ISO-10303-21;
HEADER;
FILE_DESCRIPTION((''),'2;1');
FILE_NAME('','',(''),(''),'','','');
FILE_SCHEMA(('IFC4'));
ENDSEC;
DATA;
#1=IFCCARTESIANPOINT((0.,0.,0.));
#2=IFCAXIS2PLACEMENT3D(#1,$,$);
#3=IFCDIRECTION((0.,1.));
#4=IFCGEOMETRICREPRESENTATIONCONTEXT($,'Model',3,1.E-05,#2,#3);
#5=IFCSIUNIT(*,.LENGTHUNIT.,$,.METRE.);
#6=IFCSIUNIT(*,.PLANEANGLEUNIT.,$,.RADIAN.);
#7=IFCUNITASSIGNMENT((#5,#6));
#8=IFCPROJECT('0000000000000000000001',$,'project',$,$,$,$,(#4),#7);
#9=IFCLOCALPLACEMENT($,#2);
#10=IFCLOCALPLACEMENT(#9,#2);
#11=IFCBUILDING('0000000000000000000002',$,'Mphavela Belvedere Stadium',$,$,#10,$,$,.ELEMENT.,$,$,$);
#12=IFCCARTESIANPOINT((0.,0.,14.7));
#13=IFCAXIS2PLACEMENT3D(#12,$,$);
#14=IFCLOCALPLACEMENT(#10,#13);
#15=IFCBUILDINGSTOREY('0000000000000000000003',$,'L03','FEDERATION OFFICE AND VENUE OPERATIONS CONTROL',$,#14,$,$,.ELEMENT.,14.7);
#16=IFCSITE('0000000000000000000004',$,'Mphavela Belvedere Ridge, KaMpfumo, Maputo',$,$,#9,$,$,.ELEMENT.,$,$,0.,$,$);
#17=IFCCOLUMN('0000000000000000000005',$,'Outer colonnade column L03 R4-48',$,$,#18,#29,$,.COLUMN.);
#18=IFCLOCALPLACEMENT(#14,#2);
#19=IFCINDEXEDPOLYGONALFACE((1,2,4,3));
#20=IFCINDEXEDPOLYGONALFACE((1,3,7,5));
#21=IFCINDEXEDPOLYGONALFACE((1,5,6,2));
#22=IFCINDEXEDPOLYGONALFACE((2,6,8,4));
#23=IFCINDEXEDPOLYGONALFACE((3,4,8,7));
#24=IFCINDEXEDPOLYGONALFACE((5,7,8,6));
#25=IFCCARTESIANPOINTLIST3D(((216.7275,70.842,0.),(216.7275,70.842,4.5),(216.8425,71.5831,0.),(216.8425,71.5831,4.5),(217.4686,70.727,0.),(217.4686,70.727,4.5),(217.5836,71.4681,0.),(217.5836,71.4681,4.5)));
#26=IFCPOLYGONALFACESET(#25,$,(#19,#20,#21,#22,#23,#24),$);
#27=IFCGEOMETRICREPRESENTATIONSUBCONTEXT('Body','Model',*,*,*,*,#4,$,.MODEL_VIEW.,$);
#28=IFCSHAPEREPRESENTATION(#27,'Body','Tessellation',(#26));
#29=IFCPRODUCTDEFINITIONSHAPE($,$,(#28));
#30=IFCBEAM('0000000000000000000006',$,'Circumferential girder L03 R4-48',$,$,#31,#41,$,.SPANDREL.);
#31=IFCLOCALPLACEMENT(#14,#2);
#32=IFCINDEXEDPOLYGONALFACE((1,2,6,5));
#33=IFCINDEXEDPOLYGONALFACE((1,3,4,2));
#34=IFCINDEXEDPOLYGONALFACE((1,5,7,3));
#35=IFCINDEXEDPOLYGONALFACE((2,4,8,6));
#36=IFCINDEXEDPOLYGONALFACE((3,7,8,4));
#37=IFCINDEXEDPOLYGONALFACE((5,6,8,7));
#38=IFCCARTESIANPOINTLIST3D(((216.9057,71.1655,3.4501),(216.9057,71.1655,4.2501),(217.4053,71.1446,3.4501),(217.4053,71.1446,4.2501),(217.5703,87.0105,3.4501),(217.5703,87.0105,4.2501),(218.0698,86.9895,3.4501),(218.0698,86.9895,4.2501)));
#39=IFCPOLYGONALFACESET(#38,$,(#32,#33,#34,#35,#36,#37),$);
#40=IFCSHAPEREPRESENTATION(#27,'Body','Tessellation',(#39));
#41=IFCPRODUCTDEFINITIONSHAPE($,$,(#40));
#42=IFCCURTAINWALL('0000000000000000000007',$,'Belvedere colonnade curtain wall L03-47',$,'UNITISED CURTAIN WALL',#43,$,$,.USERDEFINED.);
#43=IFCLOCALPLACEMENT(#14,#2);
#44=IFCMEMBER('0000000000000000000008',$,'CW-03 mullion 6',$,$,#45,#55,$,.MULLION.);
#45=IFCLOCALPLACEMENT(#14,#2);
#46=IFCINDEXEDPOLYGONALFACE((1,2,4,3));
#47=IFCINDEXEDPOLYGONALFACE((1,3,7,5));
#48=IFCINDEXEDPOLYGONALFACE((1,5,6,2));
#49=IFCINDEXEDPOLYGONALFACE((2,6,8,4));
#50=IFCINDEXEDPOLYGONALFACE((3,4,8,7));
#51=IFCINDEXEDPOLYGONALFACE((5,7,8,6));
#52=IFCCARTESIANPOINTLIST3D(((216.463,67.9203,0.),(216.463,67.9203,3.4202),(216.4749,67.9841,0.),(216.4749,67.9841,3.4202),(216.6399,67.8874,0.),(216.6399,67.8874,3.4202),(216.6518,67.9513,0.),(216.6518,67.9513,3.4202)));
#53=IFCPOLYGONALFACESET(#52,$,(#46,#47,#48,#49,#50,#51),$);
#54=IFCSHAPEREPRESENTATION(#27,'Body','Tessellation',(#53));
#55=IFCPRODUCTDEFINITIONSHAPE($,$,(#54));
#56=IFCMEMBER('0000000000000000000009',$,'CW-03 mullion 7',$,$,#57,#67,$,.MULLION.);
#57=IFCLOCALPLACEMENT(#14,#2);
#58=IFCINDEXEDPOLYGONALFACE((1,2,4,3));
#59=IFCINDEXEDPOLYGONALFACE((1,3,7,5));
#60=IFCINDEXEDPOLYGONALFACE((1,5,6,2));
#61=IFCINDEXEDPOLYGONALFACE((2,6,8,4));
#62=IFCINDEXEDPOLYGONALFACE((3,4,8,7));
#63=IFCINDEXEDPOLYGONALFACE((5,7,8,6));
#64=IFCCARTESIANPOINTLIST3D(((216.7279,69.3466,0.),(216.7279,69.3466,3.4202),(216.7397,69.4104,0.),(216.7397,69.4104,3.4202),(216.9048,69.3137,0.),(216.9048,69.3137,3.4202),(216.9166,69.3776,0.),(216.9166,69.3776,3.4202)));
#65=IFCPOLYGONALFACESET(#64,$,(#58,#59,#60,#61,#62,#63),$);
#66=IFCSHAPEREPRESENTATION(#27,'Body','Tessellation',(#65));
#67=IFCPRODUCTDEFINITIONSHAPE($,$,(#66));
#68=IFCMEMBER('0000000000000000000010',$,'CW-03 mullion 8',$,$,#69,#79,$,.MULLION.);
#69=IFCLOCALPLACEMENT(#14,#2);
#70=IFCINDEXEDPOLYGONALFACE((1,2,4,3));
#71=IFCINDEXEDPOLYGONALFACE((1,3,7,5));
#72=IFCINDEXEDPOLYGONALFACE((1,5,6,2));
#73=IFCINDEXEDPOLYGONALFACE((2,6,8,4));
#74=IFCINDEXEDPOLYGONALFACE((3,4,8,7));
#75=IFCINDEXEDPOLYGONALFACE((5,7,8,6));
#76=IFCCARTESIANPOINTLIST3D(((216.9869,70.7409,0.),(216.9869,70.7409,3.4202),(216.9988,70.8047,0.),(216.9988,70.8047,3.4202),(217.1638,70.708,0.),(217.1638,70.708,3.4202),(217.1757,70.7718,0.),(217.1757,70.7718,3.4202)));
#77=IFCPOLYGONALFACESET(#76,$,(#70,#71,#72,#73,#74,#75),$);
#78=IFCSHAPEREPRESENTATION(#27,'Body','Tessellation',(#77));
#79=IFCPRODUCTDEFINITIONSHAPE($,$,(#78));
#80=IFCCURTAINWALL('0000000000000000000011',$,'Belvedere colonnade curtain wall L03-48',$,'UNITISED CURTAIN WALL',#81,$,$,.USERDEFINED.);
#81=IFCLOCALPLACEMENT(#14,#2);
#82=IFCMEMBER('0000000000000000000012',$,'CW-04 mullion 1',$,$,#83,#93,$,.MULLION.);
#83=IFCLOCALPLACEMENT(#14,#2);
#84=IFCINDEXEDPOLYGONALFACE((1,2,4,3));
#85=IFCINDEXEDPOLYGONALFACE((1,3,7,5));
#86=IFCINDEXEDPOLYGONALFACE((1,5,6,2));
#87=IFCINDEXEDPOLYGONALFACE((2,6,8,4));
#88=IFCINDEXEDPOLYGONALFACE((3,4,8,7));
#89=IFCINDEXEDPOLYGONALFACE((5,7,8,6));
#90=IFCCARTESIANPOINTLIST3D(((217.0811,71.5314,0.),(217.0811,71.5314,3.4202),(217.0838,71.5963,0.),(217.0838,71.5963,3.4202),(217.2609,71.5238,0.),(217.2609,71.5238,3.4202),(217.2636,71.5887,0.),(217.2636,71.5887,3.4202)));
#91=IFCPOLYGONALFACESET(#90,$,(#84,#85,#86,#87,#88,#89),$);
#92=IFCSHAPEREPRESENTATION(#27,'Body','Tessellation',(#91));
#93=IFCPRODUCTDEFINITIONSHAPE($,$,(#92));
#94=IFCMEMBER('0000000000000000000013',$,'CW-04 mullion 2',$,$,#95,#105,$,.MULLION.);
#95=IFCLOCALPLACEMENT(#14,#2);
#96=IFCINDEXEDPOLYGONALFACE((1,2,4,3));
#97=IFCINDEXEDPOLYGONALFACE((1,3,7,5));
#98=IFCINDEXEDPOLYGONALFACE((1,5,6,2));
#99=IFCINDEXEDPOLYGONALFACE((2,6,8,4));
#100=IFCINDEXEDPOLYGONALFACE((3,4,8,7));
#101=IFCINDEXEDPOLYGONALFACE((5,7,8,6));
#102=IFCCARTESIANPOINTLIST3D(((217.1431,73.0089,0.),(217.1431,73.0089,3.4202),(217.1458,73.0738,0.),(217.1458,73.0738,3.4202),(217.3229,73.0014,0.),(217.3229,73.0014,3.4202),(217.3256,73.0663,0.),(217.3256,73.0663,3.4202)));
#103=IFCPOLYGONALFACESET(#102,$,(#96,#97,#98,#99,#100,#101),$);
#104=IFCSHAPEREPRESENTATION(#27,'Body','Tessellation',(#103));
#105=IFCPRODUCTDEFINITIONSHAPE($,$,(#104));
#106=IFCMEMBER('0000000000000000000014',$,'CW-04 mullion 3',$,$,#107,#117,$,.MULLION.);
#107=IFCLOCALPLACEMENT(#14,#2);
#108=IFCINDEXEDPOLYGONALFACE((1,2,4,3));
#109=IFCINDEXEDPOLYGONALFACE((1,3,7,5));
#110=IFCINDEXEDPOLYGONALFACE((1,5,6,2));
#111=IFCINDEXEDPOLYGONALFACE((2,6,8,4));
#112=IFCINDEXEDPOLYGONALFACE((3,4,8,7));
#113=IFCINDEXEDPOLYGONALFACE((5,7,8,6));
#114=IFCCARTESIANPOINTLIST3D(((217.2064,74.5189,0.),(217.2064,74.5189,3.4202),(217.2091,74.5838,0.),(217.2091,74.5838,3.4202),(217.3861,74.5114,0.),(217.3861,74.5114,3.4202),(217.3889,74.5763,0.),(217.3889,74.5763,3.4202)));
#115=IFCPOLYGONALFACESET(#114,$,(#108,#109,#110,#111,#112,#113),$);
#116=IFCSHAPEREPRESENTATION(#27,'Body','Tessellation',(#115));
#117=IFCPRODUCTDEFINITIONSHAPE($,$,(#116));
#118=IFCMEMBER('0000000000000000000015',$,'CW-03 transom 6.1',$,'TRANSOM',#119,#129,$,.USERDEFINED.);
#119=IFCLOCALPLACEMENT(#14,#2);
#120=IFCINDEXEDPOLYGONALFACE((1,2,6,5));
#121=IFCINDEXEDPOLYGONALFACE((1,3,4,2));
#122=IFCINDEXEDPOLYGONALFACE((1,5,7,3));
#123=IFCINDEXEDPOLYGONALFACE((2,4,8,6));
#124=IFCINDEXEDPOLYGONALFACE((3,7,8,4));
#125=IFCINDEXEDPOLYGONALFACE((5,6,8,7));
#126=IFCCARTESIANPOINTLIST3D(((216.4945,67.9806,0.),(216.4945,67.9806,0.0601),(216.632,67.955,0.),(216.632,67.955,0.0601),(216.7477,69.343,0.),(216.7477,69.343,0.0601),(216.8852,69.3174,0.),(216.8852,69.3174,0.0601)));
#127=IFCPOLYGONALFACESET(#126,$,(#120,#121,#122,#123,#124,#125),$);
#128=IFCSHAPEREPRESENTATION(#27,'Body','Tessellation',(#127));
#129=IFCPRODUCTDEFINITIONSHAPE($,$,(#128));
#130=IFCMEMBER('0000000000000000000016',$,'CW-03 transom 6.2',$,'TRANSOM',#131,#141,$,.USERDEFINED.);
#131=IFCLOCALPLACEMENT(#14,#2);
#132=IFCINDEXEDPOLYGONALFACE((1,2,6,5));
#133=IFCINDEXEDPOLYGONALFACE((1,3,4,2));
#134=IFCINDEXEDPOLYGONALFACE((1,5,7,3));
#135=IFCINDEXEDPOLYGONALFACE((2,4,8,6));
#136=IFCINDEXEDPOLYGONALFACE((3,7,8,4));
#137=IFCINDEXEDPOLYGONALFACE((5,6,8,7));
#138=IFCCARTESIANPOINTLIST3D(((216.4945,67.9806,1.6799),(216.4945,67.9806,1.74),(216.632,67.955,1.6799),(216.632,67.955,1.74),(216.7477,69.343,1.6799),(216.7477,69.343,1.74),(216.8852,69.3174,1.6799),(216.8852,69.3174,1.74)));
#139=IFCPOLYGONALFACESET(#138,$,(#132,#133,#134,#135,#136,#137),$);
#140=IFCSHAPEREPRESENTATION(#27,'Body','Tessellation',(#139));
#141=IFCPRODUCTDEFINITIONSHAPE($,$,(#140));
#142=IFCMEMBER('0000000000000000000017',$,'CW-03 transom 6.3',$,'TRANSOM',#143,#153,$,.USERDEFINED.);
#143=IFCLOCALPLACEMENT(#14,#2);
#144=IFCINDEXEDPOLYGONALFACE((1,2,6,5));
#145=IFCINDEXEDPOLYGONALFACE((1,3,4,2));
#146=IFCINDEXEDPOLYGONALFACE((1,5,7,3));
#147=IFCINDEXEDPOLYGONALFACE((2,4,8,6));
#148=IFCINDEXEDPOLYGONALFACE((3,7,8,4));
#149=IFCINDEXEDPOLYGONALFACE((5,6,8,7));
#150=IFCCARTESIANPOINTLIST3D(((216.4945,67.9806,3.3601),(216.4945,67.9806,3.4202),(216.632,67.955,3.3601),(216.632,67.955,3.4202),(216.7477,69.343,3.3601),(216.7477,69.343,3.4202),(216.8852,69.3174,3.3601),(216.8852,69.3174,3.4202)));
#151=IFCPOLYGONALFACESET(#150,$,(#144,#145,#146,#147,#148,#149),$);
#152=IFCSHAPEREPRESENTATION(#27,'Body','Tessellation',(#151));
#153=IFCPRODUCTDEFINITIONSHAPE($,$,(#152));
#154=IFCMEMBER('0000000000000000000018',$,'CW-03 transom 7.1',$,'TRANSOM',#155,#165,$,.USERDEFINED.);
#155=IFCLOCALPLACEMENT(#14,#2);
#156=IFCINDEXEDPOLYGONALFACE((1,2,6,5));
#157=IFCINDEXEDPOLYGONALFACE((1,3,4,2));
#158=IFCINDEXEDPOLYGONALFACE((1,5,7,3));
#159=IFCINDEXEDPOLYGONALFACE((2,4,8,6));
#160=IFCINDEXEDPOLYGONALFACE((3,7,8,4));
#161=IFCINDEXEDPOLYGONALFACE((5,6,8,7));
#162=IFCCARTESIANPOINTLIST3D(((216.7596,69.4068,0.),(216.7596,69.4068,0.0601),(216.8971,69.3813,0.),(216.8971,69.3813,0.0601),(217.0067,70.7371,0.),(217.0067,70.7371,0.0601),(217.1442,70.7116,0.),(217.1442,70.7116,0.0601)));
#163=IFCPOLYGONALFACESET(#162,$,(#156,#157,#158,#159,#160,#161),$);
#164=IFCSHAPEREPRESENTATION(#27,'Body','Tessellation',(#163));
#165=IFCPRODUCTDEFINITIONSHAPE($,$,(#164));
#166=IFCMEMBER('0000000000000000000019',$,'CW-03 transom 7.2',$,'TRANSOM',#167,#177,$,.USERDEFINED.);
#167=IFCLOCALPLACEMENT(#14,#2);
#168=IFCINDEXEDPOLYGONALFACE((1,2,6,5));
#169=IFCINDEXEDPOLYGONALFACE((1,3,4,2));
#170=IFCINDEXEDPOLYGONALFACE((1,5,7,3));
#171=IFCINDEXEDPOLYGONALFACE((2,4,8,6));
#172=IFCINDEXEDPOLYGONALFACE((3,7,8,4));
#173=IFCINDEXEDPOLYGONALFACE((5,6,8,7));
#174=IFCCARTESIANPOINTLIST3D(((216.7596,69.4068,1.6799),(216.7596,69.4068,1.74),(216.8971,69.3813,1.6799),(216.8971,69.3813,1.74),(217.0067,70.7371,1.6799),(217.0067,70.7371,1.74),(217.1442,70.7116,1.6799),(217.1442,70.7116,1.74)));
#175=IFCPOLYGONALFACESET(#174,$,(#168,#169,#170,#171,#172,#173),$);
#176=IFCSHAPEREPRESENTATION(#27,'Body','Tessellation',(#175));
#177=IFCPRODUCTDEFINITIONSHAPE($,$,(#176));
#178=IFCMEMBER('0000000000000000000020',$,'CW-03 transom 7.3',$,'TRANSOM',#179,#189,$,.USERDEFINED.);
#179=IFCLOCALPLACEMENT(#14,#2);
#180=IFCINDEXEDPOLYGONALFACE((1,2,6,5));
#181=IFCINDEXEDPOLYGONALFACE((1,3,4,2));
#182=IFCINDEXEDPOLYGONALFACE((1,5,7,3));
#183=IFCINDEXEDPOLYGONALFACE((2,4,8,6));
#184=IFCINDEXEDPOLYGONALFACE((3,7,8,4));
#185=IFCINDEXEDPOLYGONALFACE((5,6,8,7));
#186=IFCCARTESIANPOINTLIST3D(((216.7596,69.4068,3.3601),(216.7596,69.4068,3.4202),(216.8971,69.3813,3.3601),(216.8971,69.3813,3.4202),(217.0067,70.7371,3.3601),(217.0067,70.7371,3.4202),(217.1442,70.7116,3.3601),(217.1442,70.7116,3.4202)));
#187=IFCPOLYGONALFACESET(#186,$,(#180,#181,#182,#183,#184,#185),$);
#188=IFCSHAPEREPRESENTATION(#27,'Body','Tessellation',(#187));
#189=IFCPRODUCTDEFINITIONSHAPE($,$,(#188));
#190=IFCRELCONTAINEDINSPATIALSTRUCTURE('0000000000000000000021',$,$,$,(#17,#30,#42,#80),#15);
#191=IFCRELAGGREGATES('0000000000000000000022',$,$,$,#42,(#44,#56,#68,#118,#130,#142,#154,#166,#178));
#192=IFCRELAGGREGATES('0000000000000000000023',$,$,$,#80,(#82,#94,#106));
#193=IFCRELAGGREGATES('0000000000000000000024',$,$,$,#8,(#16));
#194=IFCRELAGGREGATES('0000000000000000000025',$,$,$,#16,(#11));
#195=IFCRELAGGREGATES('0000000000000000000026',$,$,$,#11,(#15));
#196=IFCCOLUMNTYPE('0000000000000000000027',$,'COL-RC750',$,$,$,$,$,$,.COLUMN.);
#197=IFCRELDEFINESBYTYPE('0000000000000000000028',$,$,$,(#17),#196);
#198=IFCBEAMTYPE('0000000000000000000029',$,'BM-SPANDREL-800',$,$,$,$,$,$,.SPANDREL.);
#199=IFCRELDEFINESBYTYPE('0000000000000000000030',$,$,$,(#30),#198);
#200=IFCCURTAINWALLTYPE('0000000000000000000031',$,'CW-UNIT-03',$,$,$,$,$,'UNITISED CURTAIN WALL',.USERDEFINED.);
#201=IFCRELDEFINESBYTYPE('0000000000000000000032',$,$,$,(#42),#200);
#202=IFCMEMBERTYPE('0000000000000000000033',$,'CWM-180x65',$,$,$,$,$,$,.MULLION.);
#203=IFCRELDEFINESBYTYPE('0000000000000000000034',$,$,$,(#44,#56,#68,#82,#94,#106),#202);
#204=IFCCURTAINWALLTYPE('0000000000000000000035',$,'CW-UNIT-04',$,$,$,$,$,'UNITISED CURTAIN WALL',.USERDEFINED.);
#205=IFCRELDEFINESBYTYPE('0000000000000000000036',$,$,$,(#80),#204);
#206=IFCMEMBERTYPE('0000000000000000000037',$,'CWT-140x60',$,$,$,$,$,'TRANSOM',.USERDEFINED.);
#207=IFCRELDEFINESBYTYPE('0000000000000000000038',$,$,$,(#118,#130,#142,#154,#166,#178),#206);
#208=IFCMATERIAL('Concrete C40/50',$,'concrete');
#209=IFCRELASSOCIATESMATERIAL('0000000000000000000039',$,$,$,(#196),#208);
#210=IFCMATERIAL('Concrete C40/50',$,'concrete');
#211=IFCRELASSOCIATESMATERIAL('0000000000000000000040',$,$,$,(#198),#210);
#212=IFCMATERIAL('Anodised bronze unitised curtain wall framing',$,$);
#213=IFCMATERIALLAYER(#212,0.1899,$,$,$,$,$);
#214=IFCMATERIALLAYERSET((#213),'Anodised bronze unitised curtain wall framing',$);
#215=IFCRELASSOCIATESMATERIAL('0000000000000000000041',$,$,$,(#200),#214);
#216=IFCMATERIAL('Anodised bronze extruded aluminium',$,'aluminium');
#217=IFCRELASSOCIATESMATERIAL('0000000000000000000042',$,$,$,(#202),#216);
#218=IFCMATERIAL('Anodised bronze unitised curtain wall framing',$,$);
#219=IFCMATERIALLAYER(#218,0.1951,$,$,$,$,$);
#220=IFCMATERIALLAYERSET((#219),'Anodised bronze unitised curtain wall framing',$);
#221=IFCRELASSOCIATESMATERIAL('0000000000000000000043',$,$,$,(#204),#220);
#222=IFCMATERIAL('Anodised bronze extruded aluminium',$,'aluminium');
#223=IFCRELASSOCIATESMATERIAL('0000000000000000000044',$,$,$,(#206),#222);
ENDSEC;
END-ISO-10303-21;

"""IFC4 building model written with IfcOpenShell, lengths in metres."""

from ifc_helpers import new_model, si_unit, direction, frame, origin, origin_2d, place, context, subcontext, project, spatial, rectangle, extrude, material, layer, layer_set, material_profile, profile_set, type_object, element, aggregate, save


model = new_model("IFC4")

# Units and contexts
model_context = context("Model", 3, precision=1e-05, world=origin(), true_north=direction((0.0, 1.0)))
body_context = subcontext(model_context, "Body", "Model", "MODEL_VIEW")
ifc_project = project(units=[si_unit("LENGTHUNIT", "METRE"), si_unit("PLANEANGLEUNIT", "RADIAN")], contexts=[model_context])

# Site, building, storey
site_placement = place(None, origin())
site = spatial("IfcSite", under=ifc_project, at=site_placement, Name="Mphavela Belvedere Ridge, KaMpfumo, Maputo", CompositionType="ELEMENT", RefElevation=0.0)
building_placement = place(site_placement, origin())
building = spatial("IfcBuilding", under=site, at=building_placement, Name="Mphavela Belvedere Stadium", CompositionType="ELEMENT")
storey_placement = place(building_placement, frame((0.0, 0.0, 14.7)))
storey = spatial("IfcBuildingStorey", under=building, at=storey_placement, Name="L03", Description="FEDERATION OFFICE AND VENUE OPERATIONS CONTROL", CompositionType="ELEMENT", Elevation=14.7)

# Column
ifc_material_1 = material(Name="Concrete C40/50", Category="concrete")
ifc_material_profile_1 = material_profile(ifc_material_1, rectangle(XDim=0.75, YDim=0.75, at=origin_2d()), Name="RC 750x750")
ifc_profile_set_1 = profile_set([ifc_material_profile_1], Name="Concrete C40/50")
column_type = type_object("IfcColumnType", Name="COL-RC750", PredefinedType="COLUMN", material=ifc_profile_set_1)
column_placement = place(storey_placement, frame((217.1555, 71.155, 0.0), z_axis=(0.0, 0.0, 1.0), x_axis=(0.988175, -0.153331, 0.0)))
element("IfcColumn", 1, at=column_placement, inside=storey, type_object=column_type, Name="Outer colonnade column L03 R4-48", PredefinedType="COLUMN", context=body_context, shape_type="SweptSolid", body=[
    extrude(rectangle(XDim=0.75, YDim=0.75, at=origin_2d()), origin(), (0.0, 0.0, 1.0), 4.5),
])

# Beam
ifc_material_2 = material(Name="Concrete C40/50", Category="concrete")
ifc_material_profile_2 = material_profile(ifc_material_2, rectangle(XDim=0.5, YDim=0.8, at=origin_2d()), Name="RC 500x800")
ifc_profile_set_2 = profile_set([ifc_material_profile_2], Name="Concrete C40/50")
beam_type = type_object("IfcBeamType", Name="BM-SPANDREL-800", PredefinedType="SPANDREL", material=ifc_profile_set_2)
beam_placement = place(storey_placement, frame((217.1555, 71.155, 3.8501), z_axis=(0.041904, 0.999122, 0.0), x_axis=(-0.999122, 0.041904, 0.0)))
element("IfcBeam", 2, at=beam_placement, inside=storey, type_object=beam_type, Name="Circumferential girder L03 R4-48", PredefinedType="SPANDREL", context=body_context, shape_type="SweptSolid", body=[
    extrude(rectangle(XDim=0.5, YDim=0.8, at=origin_2d()), origin(), (0.0, 0.0, 1.0), 15.8589),
])

# Curtain walls, members
ifc_material_3 = material(Name="Anodised bronze unitised curtain wall framing")
ifc_layer_1 = layer(ifc_material_3, 0.1899)
ifc_layer_set_1 = layer_set([ifc_layer_1], Name="Anodised bronze unitised curtain wall framing")
curtain_wall_type_1 = type_object("IfcCurtainWallType", Name="CW-UNIT-03", ElementType="UNITISED CURTAIN WALL", PredefinedType="USERDEFINED", material=ifc_layer_set_1)
curtain_wall_1_placement = place(storey_placement, origin())
curtain_wall_1 = element("IfcCurtainWall", 3, at=curtain_wall_1_placement, inside=storey, type_object=curtain_wall_type_1, Name="Belvedere colonnade curtain wall L03-47", ObjectType="UNITISED CURTAIN WALL", PredefinedType="USERDEFINED")
ifc_material_4 = material(Name="Anodised bronze extruded aluminium", Category="aluminium")
ifc_material_profile_3 = material_profile(ifc_material_4, rectangle(XDim=0.1799, YDim=0.0649, at=origin_2d()), Name="CW-MUL 180x65")
ifc_profile_set_3 = profile_set([ifc_material_profile_3], Name="Anodised bronze extruded aluminium")
member_type_1 = type_object("IfcMemberType", Name="CWM-180x65", PredefinedType="MULLION", material=ifc_profile_set_3)
member_1_placement = place(storey_placement, frame((216.5574, 67.9358, 0.0), z_axis=(0.0, 0.0, 1.0), x_axis=(-0.983181, 0.182631, 0.0)))
member_1 = element("IfcMember", 4, at=member_1_placement, type_object=member_type_1, Name="CW-03 mullion 6", PredefinedType="MULLION", context=body_context, shape_type="SweptSolid", body=[
    extrude(rectangle(XDim=0.1799, YDim=0.0649, at=origin_2d()), origin(), (0.0, 0.0, 1.0), 3.4202),
])
member_2_placement = place(storey_placement, frame((216.8223, 69.3621, 0.0), z_axis=(0.0, 0.0, 1.0), x_axis=(-0.983181, 0.182631, 0.0)))
member_2 = element("IfcMember", 5, at=member_2_placement, type_object=member_type_1, Name="CW-03 mullion 7", PredefinedType="MULLION", context=body_context, shape_type="SweptSolid", body=[
    extrude(rectangle(XDim=0.1799, YDim=0.0649, at=origin_2d()), origin(), (0.0, 0.0, 1.0), 3.4202),
])
member_3_placement = place(storey_placement, frame((217.0813, 70.7563, 0.0), z_axis=(0.0, 0.0, 1.0), x_axis=(-0.983181, 0.182631, 0.0)))
member_3 = element("IfcMember", 6, at=member_3_placement, type_object=member_type_1, Name="CW-03 mullion 8", PredefinedType="MULLION", context=body_context, shape_type="SweptSolid", body=[
    extrude(rectangle(XDim=0.1799, YDim=0.0649, at=origin_2d()), origin(), (0.0, 0.0, 1.0), 3.4202),
])
ifc_material_5 = material(Name="Anodised bronze unitised curtain wall framing")
ifc_layer_2 = layer(ifc_material_5, 0.1951)
ifc_layer_set_2 = layer_set([ifc_layer_2], Name="Anodised bronze unitised curtain wall framing")
curtain_wall_type_2 = type_object("IfcCurtainWallType", Name="CW-UNIT-04", ElementType="UNITISED CURTAIN WALL", PredefinedType="USERDEFINED", material=ifc_layer_set_2)
curtain_wall_2_placement = place(storey_placement, origin())
curtain_wall_2 = element("IfcCurtainWall", 7, at=curtain_wall_2_placement, inside=storey, type_object=curtain_wall_type_2, Name="Belvedere colonnade curtain wall L03-48", ObjectType="UNITISED CURTAIN WALL", PredefinedType="USERDEFINED")
member_4_placement = place(storey_placement, frame((217.1724, 71.5601, 0.0), z_axis=(0.0, 0.0, 1.0), x_axis=(-0.999121, 0.041911, 0.0)))
member_4 = element("IfcMember", 8, at=member_4_placement, type_object=member_type_1, Name="CW-04 mullion 1", PredefinedType="MULLION", context=body_context, shape_type="SweptSolid", body=[
    extrude(rectangle(XDim=0.1799, YDim=0.0649, at=origin_2d()), origin(), (0.0, 0.0, 1.0), 3.4202),
])
member_5_placement = place(storey_placement, frame((217.2344, 73.0376, 0.0), z_axis=(0.0, 0.0, 1.0), x_axis=(-0.999121, 0.041911, 0.0)))
member_5 = element("IfcMember", 9, at=member_5_placement, type_object=member_type_1, Name="CW-04 mullion 2", PredefinedType="MULLION", context=body_context, shape_type="SweptSolid", body=[
    extrude(rectangle(XDim=0.1799, YDim=0.0649, at=origin_2d()), origin(), (0.0, 0.0, 1.0), 3.4202),
])
member_6_placement = place(storey_placement, frame((217.2976, 74.5476, 0.0), z_axis=(0.0, 0.0, 1.0), x_axis=(-0.999121, 0.041911, 0.0)))
member_6 = element("IfcMember", 10, at=member_6_placement, type_object=member_type_1, Name="CW-04 mullion 3", PredefinedType="MULLION", context=body_context, shape_type="SweptSolid", body=[
    extrude(rectangle(XDim=0.1799, YDim=0.0649, at=origin_2d()), origin(), (0.0, 0.0, 1.0), 3.4202),
])

# Members
ifc_material_6 = material(Name="Anodised bronze extruded aluminium", Category="aluminium")
ifc_material_profile_4 = material_profile(ifc_material_6, rectangle(XDim=0.1399, YDim=0.0601, at=origin_2d()), Name="CW-TRN 140x60")
ifc_profile_set_4 = profile_set([ifc_material_profile_4], Name="Anodised bronze extruded aluminium")
member_type_2 = type_object("IfcMemberType", Name="CWT-140x60", ElementType="TRANSOM", PredefinedType="USERDEFINED", material=ifc_profile_set_4)
member_7_placement = place(storey_placement, frame((216.5632, 67.9678, 0.03), z_axis=(0.182714, 0.983166, 0.0), x_axis=(-0.983166, 0.182714, 0.0)))
member_7 = element("IfcMember", 11, at=member_7_placement, type_object=member_type_2, Name="CW-03 transom 6.1", ObjectType="TRANSOM", PredefinedType="USERDEFINED", context=body_context, shape_type="SweptSolid", body=[
    extrude(rectangle(XDim=0.1399, YDim=0.0601, at=origin_2d()), origin(), (0.0, 0.0, 1.0), 1.3857),
])
member_8_placement = place(storey_placement, frame((216.5632, 67.9678, 1.71), z_axis=(0.182714, 0.983166, 0.0), x_axis=(-0.983166, 0.182714, 0.0)))
member_8 = element("IfcMember", 12, at=member_8_placement, type_object=member_type_2, Name="CW-03 transom 6.2", ObjectType="TRANSOM", PredefinedType="USERDEFINED", context=body_context, shape_type="SweptSolid", body=[
    extrude(rectangle(XDim=0.1399, YDim=0.0601, at=origin_2d()), origin(), (0.0, 0.0, 1.0), 1.3857),
])
member_9_placement = place(storey_placement, frame((216.5632, 67.9678, 3.3901), z_axis=(0.182714, 0.983166, 0.0), x_axis=(-0.983166, 0.182714, 0.0)))
member_9 = element("IfcMember", 13, at=member_9_placement, type_object=member_type_2, Name="CW-03 transom 6.3", ObjectType="TRANSOM", PredefinedType="USERDEFINED", context=body_context, shape_type="SweptSolid", body=[
    extrude(rectangle(XDim=0.1399, YDim=0.0601, at=origin_2d()), origin(), (0.0, 0.0, 1.0), 1.3857),
])
member_10_placement = place(storey_placement, frame((216.8284, 69.394, 0.03), z_axis=(0.1826, 0.983187, 0.0), x_axis=(-0.983187, 0.1826, 0.0)))
member_10 = element("IfcMember", 14, at=member_10_placement, type_object=member_type_2, Name="CW-03 transom 7.1", ObjectType="TRANSOM", PredefinedType="USERDEFINED", context=body_context, shape_type="SweptSolid", body=[
    extrude(rectangle(XDim=0.1399, YDim=0.0601, at=origin_2d()), origin(), (0.0, 0.0, 1.0), 1.353),
])
member_11_placement = place(storey_placement, frame((216.8284, 69.394, 1.71), z_axis=(0.1826, 0.983187, 0.0), x_axis=(-0.983187, 0.1826, 0.0)))
member_11 = element("IfcMember", 15, at=member_11_placement, type_object=member_type_2, Name="CW-03 transom 7.2", ObjectType="TRANSOM", PredefinedType="USERDEFINED", context=body_context, shape_type="SweptSolid", body=[
    extrude(rectangle(XDim=0.1399, YDim=0.0601, at=origin_2d()), origin(), (0.0, 0.0, 1.0), 1.353),
])
member_12_placement = place(storey_placement, frame((216.8284, 69.394, 3.3901), z_axis=(0.1826, 0.983187, 0.0), x_axis=(-0.983187, 0.1826, 0.0)))
member_12 = element("IfcMember", 16, at=member_12_placement, type_object=member_type_2, Name="CW-03 transom 7.3", ObjectType="TRANSOM", PredefinedType="USERDEFINED", context=body_context, shape_type="SweptSolid", body=[
    extrude(rectangle(XDim=0.1399, YDim=0.0601, at=origin_2d()), origin(), (0.0, 0.0, 1.0), 1.353),
])

aggregate(curtain_wall_1, [member_1, member_2, member_3, member_7, member_8, member_9, member_10, member_11, member_12])
aggregate(curtain_wall_2, [member_4, member_5, member_6])

save(model, "model.ifc")
